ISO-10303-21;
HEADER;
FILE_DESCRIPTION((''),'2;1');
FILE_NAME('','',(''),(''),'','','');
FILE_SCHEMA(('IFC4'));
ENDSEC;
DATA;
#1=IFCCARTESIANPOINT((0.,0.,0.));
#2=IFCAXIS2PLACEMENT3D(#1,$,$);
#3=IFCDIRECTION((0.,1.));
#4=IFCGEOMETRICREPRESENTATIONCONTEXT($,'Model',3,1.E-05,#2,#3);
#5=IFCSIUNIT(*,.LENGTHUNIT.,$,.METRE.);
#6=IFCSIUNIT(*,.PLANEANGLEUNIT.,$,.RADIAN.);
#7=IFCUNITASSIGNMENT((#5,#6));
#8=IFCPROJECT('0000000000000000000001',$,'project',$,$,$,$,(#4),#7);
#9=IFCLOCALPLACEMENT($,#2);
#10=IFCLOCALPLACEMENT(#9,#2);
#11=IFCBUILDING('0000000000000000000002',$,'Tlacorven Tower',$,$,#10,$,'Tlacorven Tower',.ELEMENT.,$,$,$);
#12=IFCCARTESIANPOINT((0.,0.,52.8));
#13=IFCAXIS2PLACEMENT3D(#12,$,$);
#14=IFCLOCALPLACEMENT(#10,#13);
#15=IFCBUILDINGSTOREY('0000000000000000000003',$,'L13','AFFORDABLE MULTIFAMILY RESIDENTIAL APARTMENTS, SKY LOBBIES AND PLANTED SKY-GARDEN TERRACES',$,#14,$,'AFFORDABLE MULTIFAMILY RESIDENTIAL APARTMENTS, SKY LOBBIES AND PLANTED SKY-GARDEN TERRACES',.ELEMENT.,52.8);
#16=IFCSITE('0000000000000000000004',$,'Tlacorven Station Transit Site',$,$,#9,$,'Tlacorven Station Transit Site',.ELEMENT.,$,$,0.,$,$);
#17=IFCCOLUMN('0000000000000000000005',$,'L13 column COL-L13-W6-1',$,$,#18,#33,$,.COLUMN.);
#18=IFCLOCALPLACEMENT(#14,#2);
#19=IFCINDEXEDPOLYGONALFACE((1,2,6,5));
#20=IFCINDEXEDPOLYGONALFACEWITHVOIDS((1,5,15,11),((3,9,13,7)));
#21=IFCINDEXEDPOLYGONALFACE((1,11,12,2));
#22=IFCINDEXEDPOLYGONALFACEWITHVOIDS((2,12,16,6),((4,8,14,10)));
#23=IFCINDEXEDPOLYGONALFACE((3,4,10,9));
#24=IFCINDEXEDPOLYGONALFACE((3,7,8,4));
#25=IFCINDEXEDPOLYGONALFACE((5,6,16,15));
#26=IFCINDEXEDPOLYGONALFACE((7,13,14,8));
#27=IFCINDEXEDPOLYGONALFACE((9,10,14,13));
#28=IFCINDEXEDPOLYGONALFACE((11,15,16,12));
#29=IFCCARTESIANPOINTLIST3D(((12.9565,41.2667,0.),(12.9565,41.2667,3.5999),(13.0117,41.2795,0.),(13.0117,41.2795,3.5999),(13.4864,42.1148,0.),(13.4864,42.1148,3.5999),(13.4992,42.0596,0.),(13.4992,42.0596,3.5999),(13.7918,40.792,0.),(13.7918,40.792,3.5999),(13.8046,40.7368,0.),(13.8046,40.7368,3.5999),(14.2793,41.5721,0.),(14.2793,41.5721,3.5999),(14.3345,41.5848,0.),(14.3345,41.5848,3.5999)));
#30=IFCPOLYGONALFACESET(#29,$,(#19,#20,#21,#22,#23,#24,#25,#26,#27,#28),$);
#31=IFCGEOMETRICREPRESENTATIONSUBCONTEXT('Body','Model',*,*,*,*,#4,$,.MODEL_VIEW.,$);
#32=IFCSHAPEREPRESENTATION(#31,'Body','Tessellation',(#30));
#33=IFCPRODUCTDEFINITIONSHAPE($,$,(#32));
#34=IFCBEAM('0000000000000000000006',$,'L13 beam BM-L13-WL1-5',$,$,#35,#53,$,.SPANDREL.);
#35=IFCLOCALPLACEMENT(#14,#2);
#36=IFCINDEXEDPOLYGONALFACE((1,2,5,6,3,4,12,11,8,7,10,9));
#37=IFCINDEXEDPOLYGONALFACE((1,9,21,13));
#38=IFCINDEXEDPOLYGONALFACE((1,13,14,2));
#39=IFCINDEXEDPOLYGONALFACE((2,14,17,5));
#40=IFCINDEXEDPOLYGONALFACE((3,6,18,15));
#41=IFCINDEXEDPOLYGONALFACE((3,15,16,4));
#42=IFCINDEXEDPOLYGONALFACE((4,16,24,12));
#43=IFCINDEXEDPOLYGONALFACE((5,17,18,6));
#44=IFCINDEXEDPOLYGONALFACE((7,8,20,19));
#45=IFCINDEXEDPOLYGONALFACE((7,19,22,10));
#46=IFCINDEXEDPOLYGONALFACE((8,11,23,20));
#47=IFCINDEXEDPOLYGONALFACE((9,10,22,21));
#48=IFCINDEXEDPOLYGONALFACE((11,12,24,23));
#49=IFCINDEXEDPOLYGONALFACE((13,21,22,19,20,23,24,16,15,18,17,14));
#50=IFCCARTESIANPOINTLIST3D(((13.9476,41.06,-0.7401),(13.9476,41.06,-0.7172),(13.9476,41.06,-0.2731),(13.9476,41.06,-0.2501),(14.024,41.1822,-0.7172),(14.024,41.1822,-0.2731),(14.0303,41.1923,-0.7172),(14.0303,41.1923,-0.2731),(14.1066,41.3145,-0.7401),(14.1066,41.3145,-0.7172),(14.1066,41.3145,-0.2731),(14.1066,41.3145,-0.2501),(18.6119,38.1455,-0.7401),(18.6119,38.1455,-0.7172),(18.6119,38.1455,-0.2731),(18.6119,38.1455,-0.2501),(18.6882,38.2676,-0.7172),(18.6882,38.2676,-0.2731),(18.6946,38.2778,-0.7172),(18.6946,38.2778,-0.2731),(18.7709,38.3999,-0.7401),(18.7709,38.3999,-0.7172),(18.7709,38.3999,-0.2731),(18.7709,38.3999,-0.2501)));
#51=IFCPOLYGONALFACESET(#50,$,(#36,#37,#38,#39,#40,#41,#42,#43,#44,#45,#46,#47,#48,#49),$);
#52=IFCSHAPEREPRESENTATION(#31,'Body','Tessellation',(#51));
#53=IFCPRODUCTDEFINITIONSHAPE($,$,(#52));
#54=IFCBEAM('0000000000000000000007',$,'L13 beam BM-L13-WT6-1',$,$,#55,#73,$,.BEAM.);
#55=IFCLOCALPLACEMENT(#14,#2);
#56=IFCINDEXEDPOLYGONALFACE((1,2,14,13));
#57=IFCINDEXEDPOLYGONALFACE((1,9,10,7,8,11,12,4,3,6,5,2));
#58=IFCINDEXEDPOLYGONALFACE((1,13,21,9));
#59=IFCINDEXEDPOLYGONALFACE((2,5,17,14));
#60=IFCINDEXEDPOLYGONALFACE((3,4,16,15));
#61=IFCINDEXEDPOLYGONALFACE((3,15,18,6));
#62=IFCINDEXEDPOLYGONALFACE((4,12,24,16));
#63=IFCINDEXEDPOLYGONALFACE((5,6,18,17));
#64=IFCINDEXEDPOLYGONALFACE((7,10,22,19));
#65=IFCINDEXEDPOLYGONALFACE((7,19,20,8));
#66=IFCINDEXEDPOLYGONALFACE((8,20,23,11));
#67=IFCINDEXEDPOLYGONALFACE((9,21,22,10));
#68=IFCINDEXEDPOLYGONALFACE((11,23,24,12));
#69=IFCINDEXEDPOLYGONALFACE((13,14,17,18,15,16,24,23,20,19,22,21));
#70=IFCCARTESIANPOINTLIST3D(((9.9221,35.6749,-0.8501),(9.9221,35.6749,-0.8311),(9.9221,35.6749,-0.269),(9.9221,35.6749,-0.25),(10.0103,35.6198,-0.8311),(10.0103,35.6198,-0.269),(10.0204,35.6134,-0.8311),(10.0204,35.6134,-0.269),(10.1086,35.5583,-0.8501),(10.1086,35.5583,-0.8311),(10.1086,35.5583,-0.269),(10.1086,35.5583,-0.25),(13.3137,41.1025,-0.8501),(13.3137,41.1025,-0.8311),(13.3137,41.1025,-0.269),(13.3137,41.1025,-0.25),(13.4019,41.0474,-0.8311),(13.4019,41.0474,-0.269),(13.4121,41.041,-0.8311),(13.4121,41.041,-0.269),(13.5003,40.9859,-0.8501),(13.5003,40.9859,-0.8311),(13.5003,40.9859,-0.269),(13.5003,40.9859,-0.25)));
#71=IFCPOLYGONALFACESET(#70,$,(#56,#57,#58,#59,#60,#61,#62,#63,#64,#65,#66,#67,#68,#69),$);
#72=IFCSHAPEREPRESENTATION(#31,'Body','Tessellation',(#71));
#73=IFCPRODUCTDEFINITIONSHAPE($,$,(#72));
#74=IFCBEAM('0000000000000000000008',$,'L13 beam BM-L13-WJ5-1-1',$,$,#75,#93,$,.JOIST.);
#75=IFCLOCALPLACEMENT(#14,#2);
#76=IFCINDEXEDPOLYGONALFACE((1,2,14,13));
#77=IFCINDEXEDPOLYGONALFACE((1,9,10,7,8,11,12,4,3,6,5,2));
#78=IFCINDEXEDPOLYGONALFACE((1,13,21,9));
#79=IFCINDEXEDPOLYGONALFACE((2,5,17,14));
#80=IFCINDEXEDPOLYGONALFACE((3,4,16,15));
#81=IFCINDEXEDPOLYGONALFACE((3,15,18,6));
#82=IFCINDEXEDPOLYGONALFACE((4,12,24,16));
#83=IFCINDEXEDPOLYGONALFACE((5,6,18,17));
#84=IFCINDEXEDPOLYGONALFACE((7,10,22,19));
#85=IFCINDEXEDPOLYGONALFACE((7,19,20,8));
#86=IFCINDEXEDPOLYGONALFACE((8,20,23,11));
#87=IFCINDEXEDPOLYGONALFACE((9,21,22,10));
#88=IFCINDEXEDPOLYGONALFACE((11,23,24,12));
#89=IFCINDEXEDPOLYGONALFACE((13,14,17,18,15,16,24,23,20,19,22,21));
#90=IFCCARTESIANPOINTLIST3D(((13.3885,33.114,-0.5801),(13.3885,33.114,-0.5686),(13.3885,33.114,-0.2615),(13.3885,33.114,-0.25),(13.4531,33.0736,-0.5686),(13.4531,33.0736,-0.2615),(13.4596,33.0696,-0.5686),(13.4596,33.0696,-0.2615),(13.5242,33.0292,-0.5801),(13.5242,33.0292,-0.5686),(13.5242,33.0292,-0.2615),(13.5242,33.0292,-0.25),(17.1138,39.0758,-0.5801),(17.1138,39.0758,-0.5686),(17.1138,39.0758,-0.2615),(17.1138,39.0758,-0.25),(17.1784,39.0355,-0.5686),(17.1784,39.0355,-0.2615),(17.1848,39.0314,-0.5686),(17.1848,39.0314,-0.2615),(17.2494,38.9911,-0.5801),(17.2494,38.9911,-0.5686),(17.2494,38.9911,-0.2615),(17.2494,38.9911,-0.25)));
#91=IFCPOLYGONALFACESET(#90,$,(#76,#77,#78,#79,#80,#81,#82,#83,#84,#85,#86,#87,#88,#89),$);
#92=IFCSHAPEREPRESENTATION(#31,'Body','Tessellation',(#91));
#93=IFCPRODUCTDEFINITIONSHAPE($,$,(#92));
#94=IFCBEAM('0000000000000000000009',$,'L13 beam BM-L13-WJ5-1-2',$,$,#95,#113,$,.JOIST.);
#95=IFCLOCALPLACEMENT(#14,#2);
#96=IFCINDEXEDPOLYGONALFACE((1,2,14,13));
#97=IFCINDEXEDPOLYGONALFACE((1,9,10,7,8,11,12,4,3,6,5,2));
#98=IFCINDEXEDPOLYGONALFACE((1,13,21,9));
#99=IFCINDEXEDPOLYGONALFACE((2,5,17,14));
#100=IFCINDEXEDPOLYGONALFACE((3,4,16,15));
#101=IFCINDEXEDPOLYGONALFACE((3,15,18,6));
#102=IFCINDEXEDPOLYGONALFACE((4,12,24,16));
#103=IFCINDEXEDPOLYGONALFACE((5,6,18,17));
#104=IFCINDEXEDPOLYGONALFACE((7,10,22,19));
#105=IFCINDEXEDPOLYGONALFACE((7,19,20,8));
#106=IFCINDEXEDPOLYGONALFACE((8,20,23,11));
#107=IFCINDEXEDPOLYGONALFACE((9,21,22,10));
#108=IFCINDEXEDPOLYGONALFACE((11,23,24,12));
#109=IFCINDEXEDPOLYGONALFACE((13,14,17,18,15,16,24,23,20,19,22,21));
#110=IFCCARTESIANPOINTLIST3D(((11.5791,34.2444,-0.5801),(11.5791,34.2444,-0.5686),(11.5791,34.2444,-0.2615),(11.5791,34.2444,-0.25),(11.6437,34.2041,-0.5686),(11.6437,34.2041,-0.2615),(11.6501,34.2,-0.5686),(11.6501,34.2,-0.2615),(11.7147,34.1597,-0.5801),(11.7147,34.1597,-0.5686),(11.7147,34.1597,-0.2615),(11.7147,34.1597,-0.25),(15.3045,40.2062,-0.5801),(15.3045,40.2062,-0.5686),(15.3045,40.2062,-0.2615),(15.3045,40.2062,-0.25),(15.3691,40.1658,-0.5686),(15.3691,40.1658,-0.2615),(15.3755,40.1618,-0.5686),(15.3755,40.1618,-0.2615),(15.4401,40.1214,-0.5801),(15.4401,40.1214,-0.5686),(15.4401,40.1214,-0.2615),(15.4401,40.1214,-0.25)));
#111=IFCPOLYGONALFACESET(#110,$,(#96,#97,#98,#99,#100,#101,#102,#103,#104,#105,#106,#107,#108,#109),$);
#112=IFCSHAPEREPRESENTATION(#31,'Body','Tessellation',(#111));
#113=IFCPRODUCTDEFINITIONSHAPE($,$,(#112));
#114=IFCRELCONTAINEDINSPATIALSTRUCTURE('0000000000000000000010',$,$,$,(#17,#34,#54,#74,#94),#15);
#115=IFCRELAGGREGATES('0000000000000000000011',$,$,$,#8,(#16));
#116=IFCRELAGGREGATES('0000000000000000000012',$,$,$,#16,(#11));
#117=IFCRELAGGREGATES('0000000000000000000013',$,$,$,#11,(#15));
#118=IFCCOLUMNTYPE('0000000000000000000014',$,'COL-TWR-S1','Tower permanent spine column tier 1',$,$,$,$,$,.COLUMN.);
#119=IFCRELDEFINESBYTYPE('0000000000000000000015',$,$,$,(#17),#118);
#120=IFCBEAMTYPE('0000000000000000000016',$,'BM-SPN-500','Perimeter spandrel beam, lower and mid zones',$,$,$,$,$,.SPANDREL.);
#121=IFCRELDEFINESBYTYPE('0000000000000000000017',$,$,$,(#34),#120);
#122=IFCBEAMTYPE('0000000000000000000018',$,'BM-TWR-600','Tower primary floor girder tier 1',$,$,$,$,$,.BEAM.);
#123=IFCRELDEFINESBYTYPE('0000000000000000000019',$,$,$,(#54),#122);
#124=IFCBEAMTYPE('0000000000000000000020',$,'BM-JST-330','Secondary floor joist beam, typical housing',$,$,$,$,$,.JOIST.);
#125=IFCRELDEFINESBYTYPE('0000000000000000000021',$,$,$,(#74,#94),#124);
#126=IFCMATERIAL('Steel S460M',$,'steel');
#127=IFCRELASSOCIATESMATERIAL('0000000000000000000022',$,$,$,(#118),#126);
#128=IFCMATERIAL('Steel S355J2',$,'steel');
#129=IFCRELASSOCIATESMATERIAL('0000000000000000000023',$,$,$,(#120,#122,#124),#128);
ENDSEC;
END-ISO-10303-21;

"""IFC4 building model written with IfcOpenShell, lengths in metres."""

from ifc_helpers import new_model, si_unit, direction, frame, origin, origin_2d, place, context, subcontext, project, spatial, hollow_rectangle, i_section, extrude, source, transform, mapped, material, material_profile, profile_set, type_object, element, save


model = new_model("IFC4")

# Units and contexts
model_context = context("Model", 3, precision=1e-05, world=origin(), true_north=direction((0.0, 1.0)))
body_context = subcontext(model_context, "Body", "Model", "MODEL_VIEW")
ifc_project = project(units=[si_unit("LENGTHUNIT", "METRE"), si_unit("PLANEANGLEUNIT", "RADIAN")], contexts=[model_context])

# Site, building, storey
site_placement = place(None, origin())
site = spatial("IfcSite", under=ifc_project, at=site_placement, Name="Tlacorven Station Transit Site", LongName="Tlacorven Station Transit Site", CompositionType="ELEMENT", RefElevation=0.0)
building_placement = place(site_placement, origin())
building = spatial("IfcBuilding", under=site, at=building_placement, Name="Tlacorven Tower", LongName="Tlacorven Tower", CompositionType="ELEMENT")
storey_placement = place(building_placement, frame((0.0, 0.0, 52.8)))
storey = spatial("IfcBuildingStorey", under=building, at=storey_placement, Name="L13", Description="AFFORDABLE MULTIFAMILY RESIDENTIAL APARTMENTS, SKY LOBBIES AND PLANTED SKY-GARDEN TERRACES", LongName="AFFORDABLE MULTIFAMILY RESIDENTIAL APARTMENTS, SKY LOBBIES AND PLANTED SKY-GARDEN TERRACES", CompositionType="ELEMENT", Elevation=52.8)

# Column
ifc_material_1 = material(Name="Steel S460M", Category="steel")
ifc_material_profile_1 = material_profile(ifc_material_1, hollow_rectangle(XDim=1.0, YDim=1.0, WallThickness=0.04, at=origin_2d()), Name="BOX 1000X1000X40")
ifc_profile_set_1 = profile_set([ifc_material_profile_1], Name="Steel S460M")
column_type = type_object("IfcColumnType", Name="COL-TWR-S1", Description="Tower permanent spine column tier 1", PredefinedType="COLUMN", material=ifc_profile_set_1)
shared_shape_1 = source(origin(), body_context, "Body", "SweptSolid", [
    extrude(hollow_rectangle(XDim=1.0, YDim=1.0, WallThickness=0.04, at=origin_2d()), origin(), (0.0, 0.0, 1.0), 3.5999),
])
column_placement = place(storey_placement, frame((13.6455, 41.4258, 0.0), z_axis=(0.0, 0.0, 1.0), x_axis=(-0.848048, 0.529919, 0.0)))
element("IfcColumn", 1, at=column_placement, inside=storey, type_object=column_type, Name="L13 column COL-L13-W6-1", PredefinedType="COLUMN", context=body_context, shape_type="MappedRepresentation", body=[
    mapped(shared_shape_1, transform((0.0, 0.0, 0.0), scale=1.0)),
])

# Beams
ifc_material_2 = material(Name="Steel S355J2", Category="steel")
ifc_material_profile_2 = material_profile(ifc_material_2, i_section(OverallWidth=0.3, OverallDepth=0.49, WebThickness=0.012, FlangeThickness=0.0229, at=origin_2d()), Name="HEA 500")
ifc_profile_set_2 = profile_set([ifc_material_profile_2], Name="Steel S355J2")
beam_type_1 = type_object("IfcBeamType", Name="BM-SPN-500", Description="Perimeter spandrel beam, lower and mid zones", PredefinedType="SPANDREL", material=ifc_profile_set_2)
shared_shape_2 = source(origin(), body_context, "Body", "SweptSolid", [
    extrude(i_section(OverallWidth=0.3, OverallDepth=0.49, WebThickness=0.012, FlangeThickness=0.0229, at=origin_2d()), origin(), (0.0, 0.0, 1.0), 5.5),
])
beam_1_placement = place(storey_placement, frame((18.6914, 38.2727, -0.4951), z_axis=(-0.848051, 0.529915, 0.0), x_axis=(-0.529915, -0.848051, 0.0)))
element("IfcBeam", 2, at=beam_1_placement, inside=storey, type_object=beam_type_1, Name="L13 beam BM-L13-WL1-5", PredefinedType="SPANDREL", context=body_context, shape_type="MappedRepresentation", body=[
    mapped(shared_shape_2, transform((0.0, 0.0, 0.0), scale=1.0)),
])
ifc_material_profile_3 = material_profile(ifc_material_2, i_section(OverallWidth=0.22, OverallDepth=0.6001, WebThickness=0.012, FlangeThickness=0.019, at=origin_2d()), Name="IPE 600")
ifc_profile_set_3 = profile_set([ifc_material_profile_3], Name="Steel S355J2")
beam_type_2 = type_object("IfcBeamType", Name="BM-TWR-600", Description="Tower primary floor girder tier 1", PredefinedType="BEAM", material=ifc_profile_set_3)
shared_shape_3 = source(origin(), body_context, "Body", "SweptSolid", [
    extrude(i_section(OverallWidth=0.22, OverallDepth=0.6001, WebThickness=0.012, FlangeThickness=0.019, at=origin_2d()), origin(), (0.0, 0.0, 1.0), 6.4001),
])
beam_2_placement = place(storey_placement, frame((13.407, 41.0442, -0.55), z_axis=(-0.529934, -0.848039, 0.0), x_axis=(0.848039, -0.529934, 0.0)))
element("IfcBeam", 3, at=beam_2_placement, inside=storey, type_object=beam_type_2, Name="L13 beam BM-L13-WT6-1", PredefinedType="BEAM", context=body_context, shape_type="MappedRepresentation", body=[
    mapped(shared_shape_3, transform((0.0, 0.0, 0.0), scale=1.0)),
])
ifc_material_profile_4 = material_profile(ifc_material_2, i_section(OverallWidth=0.1599, OverallDepth=0.3301, WebThickness=0.0076, FlangeThickness=0.0115, at=origin_2d()), Name="IPE 330")
ifc_profile_set_4 = profile_set([ifc_material_profile_4], Name="Steel S355J2")
beam_type_3 = type_object("IfcBeamType", Name="BM-JST-330", Description="Secondary floor joist beam, typical housing", PredefinedType="JOIST", material=ifc_profile_set_4)
shared_shape_4 = source(origin(), body_context, "Body", "SweptSolid", [
    extrude(i_section(OverallWidth=0.1599, OverallDepth=0.3301, WebThickness=0.0076, FlangeThickness=0.0115, at=origin_2d()), origin(), (0.0, 0.0, 1.0), 7.03),
])
for number, where, z_axis, x_axis, name in (
    (4, (17.1816, 39.0334, -0.415), (-0.529912, -0.848053, 0.0), (0.848053, -0.529912, 0.0), "L13 beam BM-L13-WJ5-1-1"),
    (5, (15.3723, 40.1638, -0.415), (-0.529927, -0.848043, 0.0), (0.848043, -0.529927, 0.0), "L13 beam BM-L13-WJ5-1-2"),
):
    element("IfcBeam", number, at=place(storey_placement, frame(where, z_axis=z_axis, x_axis=x_axis)), inside=storey, type_object=beam_type_3, Name=name, PredefinedType="JOIST", context=body_context, shape_type="MappedRepresentation", body=[
        mapped(shared_shape_4, transform((0.0, 0.0, 0.0), scale=1.0)),
    ])

save(model, "model.ifc")
